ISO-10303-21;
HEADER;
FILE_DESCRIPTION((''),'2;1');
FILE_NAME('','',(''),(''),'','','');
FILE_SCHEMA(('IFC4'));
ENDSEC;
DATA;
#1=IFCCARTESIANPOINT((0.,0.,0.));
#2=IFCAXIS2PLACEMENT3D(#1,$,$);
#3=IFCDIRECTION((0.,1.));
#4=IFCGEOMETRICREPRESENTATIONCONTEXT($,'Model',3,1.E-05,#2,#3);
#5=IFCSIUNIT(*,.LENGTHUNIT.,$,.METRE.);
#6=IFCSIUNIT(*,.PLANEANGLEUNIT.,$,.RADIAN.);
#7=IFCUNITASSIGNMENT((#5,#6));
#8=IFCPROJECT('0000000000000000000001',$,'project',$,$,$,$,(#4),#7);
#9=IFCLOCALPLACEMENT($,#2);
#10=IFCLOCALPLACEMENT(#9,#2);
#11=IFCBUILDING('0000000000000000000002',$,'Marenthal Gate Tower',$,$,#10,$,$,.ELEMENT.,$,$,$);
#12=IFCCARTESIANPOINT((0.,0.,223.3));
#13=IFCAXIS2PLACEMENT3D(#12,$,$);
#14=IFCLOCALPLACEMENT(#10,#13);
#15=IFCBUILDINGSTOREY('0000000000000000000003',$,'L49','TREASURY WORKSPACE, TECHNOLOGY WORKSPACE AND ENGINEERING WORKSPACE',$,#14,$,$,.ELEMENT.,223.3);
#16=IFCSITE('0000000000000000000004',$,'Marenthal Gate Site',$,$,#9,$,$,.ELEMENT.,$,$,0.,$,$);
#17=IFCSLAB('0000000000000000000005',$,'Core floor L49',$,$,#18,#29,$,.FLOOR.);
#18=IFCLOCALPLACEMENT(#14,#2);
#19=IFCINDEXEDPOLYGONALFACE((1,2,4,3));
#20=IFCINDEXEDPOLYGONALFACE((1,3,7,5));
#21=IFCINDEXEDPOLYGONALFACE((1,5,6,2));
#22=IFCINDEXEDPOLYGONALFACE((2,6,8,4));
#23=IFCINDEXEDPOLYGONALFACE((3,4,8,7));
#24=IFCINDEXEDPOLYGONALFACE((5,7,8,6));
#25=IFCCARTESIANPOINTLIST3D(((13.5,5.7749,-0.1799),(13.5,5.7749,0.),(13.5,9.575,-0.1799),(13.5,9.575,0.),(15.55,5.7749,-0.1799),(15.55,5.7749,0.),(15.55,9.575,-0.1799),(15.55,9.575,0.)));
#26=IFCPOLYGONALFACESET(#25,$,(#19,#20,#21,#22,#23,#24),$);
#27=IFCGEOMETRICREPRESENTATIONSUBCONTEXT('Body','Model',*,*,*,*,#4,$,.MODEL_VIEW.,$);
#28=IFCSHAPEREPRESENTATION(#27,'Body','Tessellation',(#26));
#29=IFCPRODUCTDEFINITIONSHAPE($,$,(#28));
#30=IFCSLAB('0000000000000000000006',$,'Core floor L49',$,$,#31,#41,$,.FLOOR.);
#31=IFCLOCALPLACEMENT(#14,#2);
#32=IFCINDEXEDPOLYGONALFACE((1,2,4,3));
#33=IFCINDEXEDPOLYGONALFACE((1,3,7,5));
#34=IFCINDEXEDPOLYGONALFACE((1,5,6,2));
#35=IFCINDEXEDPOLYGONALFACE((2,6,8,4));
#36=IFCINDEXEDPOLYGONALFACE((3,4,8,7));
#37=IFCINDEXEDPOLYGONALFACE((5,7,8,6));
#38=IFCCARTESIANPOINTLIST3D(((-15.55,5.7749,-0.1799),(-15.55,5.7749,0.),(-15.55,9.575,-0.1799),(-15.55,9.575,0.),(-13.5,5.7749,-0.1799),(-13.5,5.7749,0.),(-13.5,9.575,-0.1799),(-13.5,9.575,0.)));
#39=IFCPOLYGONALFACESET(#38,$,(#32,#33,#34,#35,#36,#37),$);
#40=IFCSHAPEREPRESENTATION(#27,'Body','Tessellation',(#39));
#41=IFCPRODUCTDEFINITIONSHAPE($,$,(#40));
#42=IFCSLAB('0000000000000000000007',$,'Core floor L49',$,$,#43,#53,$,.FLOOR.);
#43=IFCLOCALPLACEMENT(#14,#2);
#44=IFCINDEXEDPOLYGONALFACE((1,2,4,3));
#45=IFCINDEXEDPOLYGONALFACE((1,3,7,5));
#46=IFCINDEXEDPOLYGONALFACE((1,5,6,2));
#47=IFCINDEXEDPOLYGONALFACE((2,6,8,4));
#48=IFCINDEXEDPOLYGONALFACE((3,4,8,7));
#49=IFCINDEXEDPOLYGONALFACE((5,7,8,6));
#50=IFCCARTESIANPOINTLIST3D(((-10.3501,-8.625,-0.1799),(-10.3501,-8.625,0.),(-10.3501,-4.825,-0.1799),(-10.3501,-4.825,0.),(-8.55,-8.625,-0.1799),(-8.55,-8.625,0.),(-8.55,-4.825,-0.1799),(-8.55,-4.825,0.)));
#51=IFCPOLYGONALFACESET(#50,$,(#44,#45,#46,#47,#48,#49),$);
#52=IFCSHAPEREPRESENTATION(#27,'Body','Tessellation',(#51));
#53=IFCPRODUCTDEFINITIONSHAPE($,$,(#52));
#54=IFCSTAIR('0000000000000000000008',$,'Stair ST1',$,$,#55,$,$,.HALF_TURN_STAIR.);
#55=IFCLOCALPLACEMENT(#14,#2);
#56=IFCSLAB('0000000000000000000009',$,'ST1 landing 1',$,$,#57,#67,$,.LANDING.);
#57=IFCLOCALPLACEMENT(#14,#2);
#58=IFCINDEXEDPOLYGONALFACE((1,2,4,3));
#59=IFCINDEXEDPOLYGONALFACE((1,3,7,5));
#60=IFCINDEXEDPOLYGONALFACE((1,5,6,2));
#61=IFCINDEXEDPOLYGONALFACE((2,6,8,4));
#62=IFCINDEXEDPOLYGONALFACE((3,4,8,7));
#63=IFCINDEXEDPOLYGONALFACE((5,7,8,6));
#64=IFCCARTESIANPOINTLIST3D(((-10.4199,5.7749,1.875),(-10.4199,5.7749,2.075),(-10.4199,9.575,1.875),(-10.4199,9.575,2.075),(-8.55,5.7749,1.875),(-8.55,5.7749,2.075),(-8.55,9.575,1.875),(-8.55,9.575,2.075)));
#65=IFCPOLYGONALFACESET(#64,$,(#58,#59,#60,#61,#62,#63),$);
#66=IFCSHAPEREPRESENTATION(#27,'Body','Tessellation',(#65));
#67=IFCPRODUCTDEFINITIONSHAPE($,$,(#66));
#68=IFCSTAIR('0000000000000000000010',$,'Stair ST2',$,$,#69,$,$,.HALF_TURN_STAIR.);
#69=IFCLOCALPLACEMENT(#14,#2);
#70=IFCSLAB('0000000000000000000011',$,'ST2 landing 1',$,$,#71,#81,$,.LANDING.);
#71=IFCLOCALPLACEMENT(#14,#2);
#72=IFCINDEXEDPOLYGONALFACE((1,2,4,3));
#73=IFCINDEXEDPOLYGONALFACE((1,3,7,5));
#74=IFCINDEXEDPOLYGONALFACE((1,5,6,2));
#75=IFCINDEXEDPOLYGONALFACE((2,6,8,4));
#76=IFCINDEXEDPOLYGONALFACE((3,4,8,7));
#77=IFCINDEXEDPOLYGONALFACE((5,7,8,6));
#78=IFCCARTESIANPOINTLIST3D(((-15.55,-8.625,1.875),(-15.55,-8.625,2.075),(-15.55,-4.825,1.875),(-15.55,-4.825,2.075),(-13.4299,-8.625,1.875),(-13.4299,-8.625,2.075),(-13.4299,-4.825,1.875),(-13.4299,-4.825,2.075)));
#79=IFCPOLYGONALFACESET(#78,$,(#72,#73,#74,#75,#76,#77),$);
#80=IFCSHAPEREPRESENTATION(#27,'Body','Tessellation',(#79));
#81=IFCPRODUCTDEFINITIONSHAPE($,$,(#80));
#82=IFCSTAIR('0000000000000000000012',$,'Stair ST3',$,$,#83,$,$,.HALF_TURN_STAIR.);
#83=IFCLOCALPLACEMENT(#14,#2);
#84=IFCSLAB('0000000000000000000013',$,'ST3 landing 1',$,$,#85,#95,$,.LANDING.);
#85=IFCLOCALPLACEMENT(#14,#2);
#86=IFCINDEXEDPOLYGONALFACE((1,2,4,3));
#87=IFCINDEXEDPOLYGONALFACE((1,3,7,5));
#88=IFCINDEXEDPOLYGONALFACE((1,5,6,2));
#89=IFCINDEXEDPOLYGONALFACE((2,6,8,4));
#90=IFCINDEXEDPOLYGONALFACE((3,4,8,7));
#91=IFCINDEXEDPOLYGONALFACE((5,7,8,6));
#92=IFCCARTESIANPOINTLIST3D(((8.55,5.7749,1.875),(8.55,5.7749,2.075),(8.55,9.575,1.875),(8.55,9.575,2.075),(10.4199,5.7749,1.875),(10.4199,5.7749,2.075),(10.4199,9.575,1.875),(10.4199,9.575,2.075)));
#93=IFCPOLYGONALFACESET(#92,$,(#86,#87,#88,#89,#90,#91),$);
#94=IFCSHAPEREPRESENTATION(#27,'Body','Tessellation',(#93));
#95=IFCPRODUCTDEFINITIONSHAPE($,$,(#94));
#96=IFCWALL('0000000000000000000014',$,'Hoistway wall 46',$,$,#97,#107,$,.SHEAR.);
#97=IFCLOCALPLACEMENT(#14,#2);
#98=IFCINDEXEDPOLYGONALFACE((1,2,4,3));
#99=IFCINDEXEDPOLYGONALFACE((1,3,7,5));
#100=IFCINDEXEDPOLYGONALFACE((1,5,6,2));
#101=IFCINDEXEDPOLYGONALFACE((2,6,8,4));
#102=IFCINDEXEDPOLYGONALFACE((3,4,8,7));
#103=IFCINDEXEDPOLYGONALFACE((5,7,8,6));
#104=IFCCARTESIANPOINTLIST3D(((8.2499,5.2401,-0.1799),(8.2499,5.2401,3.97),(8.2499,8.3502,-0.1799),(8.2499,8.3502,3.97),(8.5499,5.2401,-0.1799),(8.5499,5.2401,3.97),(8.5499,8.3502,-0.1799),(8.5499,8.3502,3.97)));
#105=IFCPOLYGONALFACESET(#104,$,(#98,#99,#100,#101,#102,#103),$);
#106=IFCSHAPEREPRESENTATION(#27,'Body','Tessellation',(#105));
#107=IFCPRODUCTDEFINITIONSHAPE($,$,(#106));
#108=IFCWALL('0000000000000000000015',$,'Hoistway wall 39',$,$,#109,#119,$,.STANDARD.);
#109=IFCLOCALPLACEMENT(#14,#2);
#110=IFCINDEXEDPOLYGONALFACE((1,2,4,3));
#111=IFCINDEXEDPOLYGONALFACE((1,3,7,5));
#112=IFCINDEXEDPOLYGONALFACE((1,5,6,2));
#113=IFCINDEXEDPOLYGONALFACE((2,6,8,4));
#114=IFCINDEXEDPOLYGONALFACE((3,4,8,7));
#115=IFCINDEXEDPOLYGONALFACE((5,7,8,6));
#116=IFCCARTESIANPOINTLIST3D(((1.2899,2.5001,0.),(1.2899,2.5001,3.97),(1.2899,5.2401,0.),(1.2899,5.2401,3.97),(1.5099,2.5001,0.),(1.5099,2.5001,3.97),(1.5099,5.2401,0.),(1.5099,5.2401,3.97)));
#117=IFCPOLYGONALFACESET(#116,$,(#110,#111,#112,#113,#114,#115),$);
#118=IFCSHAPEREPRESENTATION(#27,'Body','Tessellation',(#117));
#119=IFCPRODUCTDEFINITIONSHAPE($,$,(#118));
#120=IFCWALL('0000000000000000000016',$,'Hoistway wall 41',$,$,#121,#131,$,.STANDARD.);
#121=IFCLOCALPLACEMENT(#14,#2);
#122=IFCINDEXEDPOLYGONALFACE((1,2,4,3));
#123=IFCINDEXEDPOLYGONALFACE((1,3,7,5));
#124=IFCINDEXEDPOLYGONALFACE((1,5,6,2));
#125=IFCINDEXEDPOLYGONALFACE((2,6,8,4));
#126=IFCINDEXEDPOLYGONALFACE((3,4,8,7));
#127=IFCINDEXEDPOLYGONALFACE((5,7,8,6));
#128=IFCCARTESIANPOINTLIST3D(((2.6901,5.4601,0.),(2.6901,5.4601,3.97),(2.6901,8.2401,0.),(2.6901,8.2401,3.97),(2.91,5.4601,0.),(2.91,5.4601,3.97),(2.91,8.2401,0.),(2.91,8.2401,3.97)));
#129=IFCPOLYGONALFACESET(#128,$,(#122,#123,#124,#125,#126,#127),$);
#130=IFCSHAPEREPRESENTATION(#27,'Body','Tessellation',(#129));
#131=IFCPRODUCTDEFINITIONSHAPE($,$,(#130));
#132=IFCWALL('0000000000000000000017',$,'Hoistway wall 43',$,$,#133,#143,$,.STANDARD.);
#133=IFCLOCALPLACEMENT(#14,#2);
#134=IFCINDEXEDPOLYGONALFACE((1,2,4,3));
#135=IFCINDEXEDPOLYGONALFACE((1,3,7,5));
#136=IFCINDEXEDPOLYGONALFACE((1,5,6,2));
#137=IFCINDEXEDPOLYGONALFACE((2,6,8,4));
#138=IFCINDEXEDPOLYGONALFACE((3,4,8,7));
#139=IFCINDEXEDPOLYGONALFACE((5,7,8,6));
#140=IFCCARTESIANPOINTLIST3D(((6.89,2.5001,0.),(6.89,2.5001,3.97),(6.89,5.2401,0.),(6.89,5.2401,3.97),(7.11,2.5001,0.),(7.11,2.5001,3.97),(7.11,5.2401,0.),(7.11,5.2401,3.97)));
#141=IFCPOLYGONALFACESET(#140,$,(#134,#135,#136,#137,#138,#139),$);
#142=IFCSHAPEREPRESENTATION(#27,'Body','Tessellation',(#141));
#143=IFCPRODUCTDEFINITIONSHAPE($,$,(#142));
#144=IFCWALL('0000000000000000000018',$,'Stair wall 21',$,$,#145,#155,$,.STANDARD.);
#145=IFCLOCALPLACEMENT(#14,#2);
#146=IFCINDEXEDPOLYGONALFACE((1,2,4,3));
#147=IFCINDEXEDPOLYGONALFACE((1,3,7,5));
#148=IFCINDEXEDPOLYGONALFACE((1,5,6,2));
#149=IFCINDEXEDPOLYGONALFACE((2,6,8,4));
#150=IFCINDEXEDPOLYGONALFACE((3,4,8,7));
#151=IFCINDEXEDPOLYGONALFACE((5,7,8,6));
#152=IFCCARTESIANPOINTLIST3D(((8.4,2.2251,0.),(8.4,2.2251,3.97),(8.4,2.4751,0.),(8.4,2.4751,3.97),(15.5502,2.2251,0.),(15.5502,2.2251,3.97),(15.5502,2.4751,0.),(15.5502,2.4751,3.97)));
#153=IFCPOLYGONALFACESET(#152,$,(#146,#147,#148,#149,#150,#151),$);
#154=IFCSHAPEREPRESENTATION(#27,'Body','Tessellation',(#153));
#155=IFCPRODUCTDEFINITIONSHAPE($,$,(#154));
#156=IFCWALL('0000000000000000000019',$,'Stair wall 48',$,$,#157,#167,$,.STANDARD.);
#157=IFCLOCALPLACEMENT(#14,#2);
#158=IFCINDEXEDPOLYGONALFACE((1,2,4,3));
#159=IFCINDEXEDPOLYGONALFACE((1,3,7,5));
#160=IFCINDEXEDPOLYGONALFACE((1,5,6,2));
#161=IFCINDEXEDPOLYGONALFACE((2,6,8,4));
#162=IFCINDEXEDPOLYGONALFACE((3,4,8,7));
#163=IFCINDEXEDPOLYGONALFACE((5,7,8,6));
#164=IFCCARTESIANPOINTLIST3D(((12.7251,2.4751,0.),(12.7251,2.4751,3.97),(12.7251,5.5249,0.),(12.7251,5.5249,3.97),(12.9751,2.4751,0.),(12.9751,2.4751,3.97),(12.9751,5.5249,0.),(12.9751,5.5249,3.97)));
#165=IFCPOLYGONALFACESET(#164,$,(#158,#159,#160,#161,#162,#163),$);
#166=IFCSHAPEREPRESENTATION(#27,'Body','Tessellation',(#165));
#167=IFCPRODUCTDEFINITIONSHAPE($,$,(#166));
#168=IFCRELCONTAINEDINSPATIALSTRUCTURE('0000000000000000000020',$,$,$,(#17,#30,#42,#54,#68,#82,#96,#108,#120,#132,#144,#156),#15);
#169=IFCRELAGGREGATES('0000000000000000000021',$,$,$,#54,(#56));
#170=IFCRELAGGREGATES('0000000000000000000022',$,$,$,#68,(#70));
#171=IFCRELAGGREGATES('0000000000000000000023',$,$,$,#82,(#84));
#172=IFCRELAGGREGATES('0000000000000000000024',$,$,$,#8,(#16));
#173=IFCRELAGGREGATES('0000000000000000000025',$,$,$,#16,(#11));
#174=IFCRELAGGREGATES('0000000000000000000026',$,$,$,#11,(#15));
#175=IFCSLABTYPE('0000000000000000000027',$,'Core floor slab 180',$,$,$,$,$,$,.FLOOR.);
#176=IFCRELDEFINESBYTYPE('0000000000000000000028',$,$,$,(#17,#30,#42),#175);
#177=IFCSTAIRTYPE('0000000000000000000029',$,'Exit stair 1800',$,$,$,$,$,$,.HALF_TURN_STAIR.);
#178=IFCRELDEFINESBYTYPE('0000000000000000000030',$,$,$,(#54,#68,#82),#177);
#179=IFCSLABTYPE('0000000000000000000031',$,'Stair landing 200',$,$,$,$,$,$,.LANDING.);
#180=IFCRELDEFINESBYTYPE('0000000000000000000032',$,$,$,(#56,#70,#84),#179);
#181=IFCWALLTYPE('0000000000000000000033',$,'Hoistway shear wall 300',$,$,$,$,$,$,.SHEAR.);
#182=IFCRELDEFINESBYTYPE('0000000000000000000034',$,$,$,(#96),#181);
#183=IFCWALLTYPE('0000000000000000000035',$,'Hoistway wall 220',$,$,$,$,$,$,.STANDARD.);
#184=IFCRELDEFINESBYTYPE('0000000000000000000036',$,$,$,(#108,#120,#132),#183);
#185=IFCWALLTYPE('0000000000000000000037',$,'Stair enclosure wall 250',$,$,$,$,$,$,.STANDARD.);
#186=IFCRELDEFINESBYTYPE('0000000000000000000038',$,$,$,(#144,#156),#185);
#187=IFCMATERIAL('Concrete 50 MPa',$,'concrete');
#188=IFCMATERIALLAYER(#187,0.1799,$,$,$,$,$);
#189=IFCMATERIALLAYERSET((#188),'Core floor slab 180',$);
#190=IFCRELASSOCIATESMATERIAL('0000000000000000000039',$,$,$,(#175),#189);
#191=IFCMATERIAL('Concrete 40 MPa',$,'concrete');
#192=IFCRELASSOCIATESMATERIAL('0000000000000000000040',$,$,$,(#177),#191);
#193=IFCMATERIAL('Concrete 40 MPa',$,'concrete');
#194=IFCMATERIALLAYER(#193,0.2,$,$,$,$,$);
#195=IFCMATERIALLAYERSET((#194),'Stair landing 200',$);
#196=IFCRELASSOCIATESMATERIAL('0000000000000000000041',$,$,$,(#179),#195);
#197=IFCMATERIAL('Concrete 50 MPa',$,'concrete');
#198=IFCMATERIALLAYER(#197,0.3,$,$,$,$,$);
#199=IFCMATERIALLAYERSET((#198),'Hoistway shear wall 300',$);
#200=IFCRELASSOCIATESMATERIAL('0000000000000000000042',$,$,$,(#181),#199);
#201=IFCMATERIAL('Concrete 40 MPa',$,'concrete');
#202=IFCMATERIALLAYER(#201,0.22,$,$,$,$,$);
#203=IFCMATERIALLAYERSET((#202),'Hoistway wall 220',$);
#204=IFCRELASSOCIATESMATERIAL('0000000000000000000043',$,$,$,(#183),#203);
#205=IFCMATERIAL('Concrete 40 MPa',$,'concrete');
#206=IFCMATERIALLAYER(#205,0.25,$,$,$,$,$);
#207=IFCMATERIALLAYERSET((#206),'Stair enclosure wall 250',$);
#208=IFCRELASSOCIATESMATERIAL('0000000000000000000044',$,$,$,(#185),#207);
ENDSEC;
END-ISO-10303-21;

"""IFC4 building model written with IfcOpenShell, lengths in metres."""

from ifc_helpers import new_model, si_unit, direction, frame, frame_2d, origin, place, context, subcontext, project, spatial, polyline, rectangle, outline, extrude, material, layer, layer_set, type_object, element, aggregate, save


model = new_model("IFC4")

# Units and contexts
model_context = context("Model", 3, precision=1e-05, world=origin(), true_north=direction((0.0, 1.0)))
body_context = subcontext(model_context, "Body", "Model", "MODEL_VIEW")
ifc_project = project(units=[si_unit("LENGTHUNIT", "METRE"), si_unit("PLANEANGLEUNIT", "RADIAN")], contexts=[model_context])

# Site, building, storey
site_placement = place(None, origin())
site = spatial("IfcSite", under=ifc_project, at=site_placement, Name="Marenthal Gate Site", CompositionType="ELEMENT", RefElevation=0.0)
building_placement = place(site_placement, origin())
building = spatial("IfcBuilding", under=site, at=building_placement, Name="Marenthal Gate Tower", CompositionType="ELEMENT")
storey_placement = place(building_placement, frame((0.0, 0.0, 223.3)))
storey = spatial("IfcBuildingStorey", under=building, at=storey_placement, Name="L49", Description="TREASURY WORKSPACE, TECHNOLOGY WORKSPACE AND ENGINEERING WORKSPACE", CompositionType="ELEMENT", Elevation=223.3)

# Slabs
ifc_material_1 = material(Name="Concrete 50 MPa", Category="concrete")
ifc_layer_1 = layer(ifc_material_1, 0.1799)
ifc_layer_set_1 = layer_set([ifc_layer_1], Name="Core floor slab 180")
slab_type_1 = type_object("IfcSlabType", Name="Core floor slab 180", PredefinedType="FLOOR", material=ifc_layer_set_1)
slab_1_placement = place(storey_placement, frame((0.0, 0.0, -0.1799)))
element("IfcSlab", 1, at=slab_1_placement, inside=storey, type_object=slab_type_1, Name="Core floor L49", PredefinedType="FLOOR", context=body_context, shape_type="SweptSolid", body=[
    extrude(outline(polyline([(15.55, 5.7749), (13.5, 5.7749), (13.5, 9.575), (15.55, 9.575), (15.55, 5.7749)])), origin(), (0.0, 0.0, 1.0), 0.1799),
])
slab_2_placement = place(storey_placement, frame((0.0, 0.0, -0.1799)))
element("IfcSlab", 2, at=slab_2_placement, inside=storey, type_object=slab_type_1, Name="Core floor L49", PredefinedType="FLOOR", context=body_context, shape_type="SweptSolid", body=[
    extrude(outline(polyline([(-15.55, 9.575), (-13.5, 9.575), (-13.5, 5.7749), (-15.55, 5.7749), (-15.55, 9.575)])), origin(), (0.0, 0.0, 1.0), 0.1799),
])
slab_3_placement = place(storey_placement, frame((0.0, 0.0, -0.1799)))
element("IfcSlab", 3, at=slab_3_placement, inside=storey, type_object=slab_type_1, Name="Core floor L49", PredefinedType="FLOOR", context=body_context, shape_type="SweptSolid", body=[
    extrude(outline(polyline([(-8.55, -8.625), (-10.3501, -8.625), (-10.3501, -4.825), (-8.55, -4.825), (-8.55, -8.625)])), origin(), (0.0, 0.0, 1.0), 0.1799),
])

# Stairs, slabs
ifc_material_2 = material(Name="Concrete 40 MPa", Category="concrete")
stair_type = type_object("IfcStairType", Name="Exit stair 1800", PredefinedType="HALF_TURN_STAIR", material=ifc_material_2)
stair_1_placement = place(storey_placement, origin())
stair_1 = element("IfcStair", 4, at=stair_1_placement, inside=storey, type_object=stair_type, Name="Stair ST1", PredefinedType="HALF_TURN_STAIR")
ifc_material_3 = material(Name="Concrete 40 MPa", Category="concrete")
ifc_layer_2 = layer(ifc_material_3, 0.2)
ifc_layer_set_2 = layer_set([ifc_layer_2], Name="Stair landing 200")
slab_type_2 = type_object("IfcSlabType", Name="Stair landing 200", PredefinedType="LANDING", material=ifc_layer_set_2)
slab_4_placement = place(storey_placement, frame((0.0, 0.0, 1.875)))
slab_4 = element("IfcSlab", 5, at=slab_4_placement, type_object=slab_type_2, Name="ST1 landing 1", PredefinedType="LANDING", context=body_context, shape_type="SweptSolid", body=[
    extrude(outline(polyline([(-10.4199, 5.7749), (-8.55, 5.7749), (-8.55, 9.575), (-10.4199, 9.575), (-10.4199, 5.7749)])), origin(), (0.0, 0.0, 1.0), 0.2),
])
aggregate(stair_1, [slab_4])
stair_2_placement = place(storey_placement, origin())
stair_2 = element("IfcStair", 6, at=stair_2_placement, inside=storey, type_object=stair_type, Name="Stair ST2", PredefinedType="HALF_TURN_STAIR")
slab_5_placement = place(storey_placement, frame((0.0, 0.0, 1.875)))
slab_5 = element("IfcSlab", 7, at=slab_5_placement, type_object=slab_type_2, Name="ST2 landing 1", PredefinedType="LANDING", context=body_context, shape_type="SweptSolid", body=[
    extrude(outline(polyline([(-15.55, -8.625), (-13.4299, -8.625), (-13.4299, -4.825), (-15.55, -4.825), (-15.55, -8.625)])), origin(), (0.0, 0.0, 1.0), 0.2),
])
aggregate(stair_2, [slab_5])
stair_3_placement = place(storey_placement, origin())
stair_3 = element("IfcStair", 8, at=stair_3_placement, inside=storey, type_object=stair_type, Name="Stair ST3", PredefinedType="HALF_TURN_STAIR")
slab_6_placement = place(storey_placement, frame((0.0, 0.0, 1.875)))
slab_6 = element("IfcSlab", 9, at=slab_6_placement, type_object=slab_type_2, Name="ST3 landing 1", PredefinedType="LANDING", context=body_context, shape_type="SweptSolid", body=[
    extrude(outline(polyline([(8.55, 5.7749), (10.4199, 5.7749), (10.4199, 9.575), (8.55, 9.575), (8.55, 5.7749)])), origin(), (0.0, 0.0, 1.0), 0.2),
])

# Walls
ifc_material_4 = material(Name="Concrete 50 MPa", Category="concrete")
ifc_layer_3 = layer(ifc_material_4, 0.3)
ifc_layer_set_3 = layer_set([ifc_layer_3], Name="Hoistway shear wall 300")
wall_type_1 = type_object("IfcWallType", Name="Hoistway shear wall 300", PredefinedType="SHEAR", material=ifc_layer_set_3)
wall_1_placement = place(storey_placement, frame((8.3999, 5.24, -0.1799), z_axis=(0.0, 0.0, 1.0), x_axis=(0.0, 1.0, 0.0)))
element("IfcWall", 10, at=wall_1_placement, inside=storey, type_object=wall_type_1, Name="Hoistway wall 46", PredefinedType="SHEAR", context=body_context, shape_type="SweptSolid", body=[
    extrude(rectangle(XDim=3.1101, YDim=0.3, at=frame_2d((1.5552, 0.0))), origin(), (0.0, 0.0, 1.0), 4.1499),
])
ifc_material_5 = material(Name="Concrete 40 MPa", Category="concrete")
ifc_layer_4 = layer(ifc_material_5, 0.22)
ifc_layer_set_4 = layer_set([ifc_layer_4], Name="Hoistway wall 220")
wall_type_2 = type_object("IfcWallType", Name="Hoistway wall 220", PredefinedType="STANDARD", material=ifc_layer_set_4)
wall_2_placement = place(storey_placement, frame((1.3999, 2.5, 0.0), z_axis=(0.0, 0.0, 1.0), x_axis=(0.0, 1.0, 0.0)))
element("IfcWall", 11, at=wall_2_placement, inside=storey, type_object=wall_type_2, Name="Hoistway wall 39", PredefinedType="STANDARD", context=body_context, shape_type="SweptSolid", body=[
    extrude(rectangle(XDim=2.74, YDim=0.22, at=frame_2d((1.3701, 0.0))), origin(), (0.0, 0.0, 1.0), 3.97),
])
wall_3_placement = place(storey_placement, frame((2.8, 5.46, 0.0), z_axis=(0.0, 0.0, 1.0), x_axis=(0.0, 1.0, 0.0)))
element("IfcWall", 12, at=wall_3_placement, inside=storey, type_object=wall_type_2, Name="Hoistway wall 41", PredefinedType="STANDARD", context=body_context, shape_type="SweptSolid", body=[
    extrude(rectangle(XDim=2.78, YDim=0.22, at=frame_2d((1.3901, 0.0))), origin(), (0.0, 0.0, 1.0), 3.97),
])
wall_4_placement = place(storey_placement, frame((7.0, 2.5, 0.0), z_axis=(0.0, 0.0, 1.0), x_axis=(0.0, 1.0, 0.0)))
element("IfcWall", 13, at=wall_4_placement, inside=storey, type_object=wall_type_2, Name="Hoistway wall 43", PredefinedType="STANDARD", context=body_context, shape_type="SweptSolid", body=[
    extrude(rectangle(XDim=2.74, YDim=0.22, at=frame_2d((1.3701, 0.0))), origin(), (0.0, 0.0, 1.0), 3.97),
])
ifc_material_6 = material(Name="Concrete 40 MPa", Category="concrete")
ifc_layer_5 = layer(ifc_material_6, 0.25)
ifc_layer_set_5 = layer_set([ifc_layer_5], Name="Stair enclosure wall 250")
wall_type_3 = type_object("IfcWallType", Name="Stair enclosure wall 250", PredefinedType="STANDARD", material=ifc_layer_set_5)
wall_5_placement = place(storey_placement, frame((8.3999, 2.3501, 0.0), z_axis=(0.0, 0.0, 1.0), x_axis=(1.0, 0.0, 0.0)))
element("IfcWall", 14, at=wall_5_placement, inside=storey, type_object=wall_type_3, Name="Stair wall 21", PredefinedType="STANDARD", context=body_context, shape_type="SweptSolid", body=[
    extrude(rectangle(XDim=7.1501, YDim=0.25, at=frame_2d((3.5752, 0.0))), origin(), (0.0, 0.0, 1.0), 3.97),
])
wall_6_placement = place(storey_placement, frame((12.8501, 2.4751, 0.0), z_axis=(0.0, 0.0, 1.0), x_axis=(0.0, 1.0, 0.0)))
element("IfcWall", 15, at=wall_6_placement, inside=storey, type_object=wall_type_3, Name="Stair wall 48", PredefinedType="STANDARD", context=body_context, shape_type="SweptSolid", body=[
    extrude(rectangle(XDim=3.0498, YDim=0.25, at=frame_2d((1.5249, 0.0))), origin(), (0.0, 0.0, 1.0), 3.97),
])

aggregate(stair_3, [slab_6])

save(model, "model.ifc")
